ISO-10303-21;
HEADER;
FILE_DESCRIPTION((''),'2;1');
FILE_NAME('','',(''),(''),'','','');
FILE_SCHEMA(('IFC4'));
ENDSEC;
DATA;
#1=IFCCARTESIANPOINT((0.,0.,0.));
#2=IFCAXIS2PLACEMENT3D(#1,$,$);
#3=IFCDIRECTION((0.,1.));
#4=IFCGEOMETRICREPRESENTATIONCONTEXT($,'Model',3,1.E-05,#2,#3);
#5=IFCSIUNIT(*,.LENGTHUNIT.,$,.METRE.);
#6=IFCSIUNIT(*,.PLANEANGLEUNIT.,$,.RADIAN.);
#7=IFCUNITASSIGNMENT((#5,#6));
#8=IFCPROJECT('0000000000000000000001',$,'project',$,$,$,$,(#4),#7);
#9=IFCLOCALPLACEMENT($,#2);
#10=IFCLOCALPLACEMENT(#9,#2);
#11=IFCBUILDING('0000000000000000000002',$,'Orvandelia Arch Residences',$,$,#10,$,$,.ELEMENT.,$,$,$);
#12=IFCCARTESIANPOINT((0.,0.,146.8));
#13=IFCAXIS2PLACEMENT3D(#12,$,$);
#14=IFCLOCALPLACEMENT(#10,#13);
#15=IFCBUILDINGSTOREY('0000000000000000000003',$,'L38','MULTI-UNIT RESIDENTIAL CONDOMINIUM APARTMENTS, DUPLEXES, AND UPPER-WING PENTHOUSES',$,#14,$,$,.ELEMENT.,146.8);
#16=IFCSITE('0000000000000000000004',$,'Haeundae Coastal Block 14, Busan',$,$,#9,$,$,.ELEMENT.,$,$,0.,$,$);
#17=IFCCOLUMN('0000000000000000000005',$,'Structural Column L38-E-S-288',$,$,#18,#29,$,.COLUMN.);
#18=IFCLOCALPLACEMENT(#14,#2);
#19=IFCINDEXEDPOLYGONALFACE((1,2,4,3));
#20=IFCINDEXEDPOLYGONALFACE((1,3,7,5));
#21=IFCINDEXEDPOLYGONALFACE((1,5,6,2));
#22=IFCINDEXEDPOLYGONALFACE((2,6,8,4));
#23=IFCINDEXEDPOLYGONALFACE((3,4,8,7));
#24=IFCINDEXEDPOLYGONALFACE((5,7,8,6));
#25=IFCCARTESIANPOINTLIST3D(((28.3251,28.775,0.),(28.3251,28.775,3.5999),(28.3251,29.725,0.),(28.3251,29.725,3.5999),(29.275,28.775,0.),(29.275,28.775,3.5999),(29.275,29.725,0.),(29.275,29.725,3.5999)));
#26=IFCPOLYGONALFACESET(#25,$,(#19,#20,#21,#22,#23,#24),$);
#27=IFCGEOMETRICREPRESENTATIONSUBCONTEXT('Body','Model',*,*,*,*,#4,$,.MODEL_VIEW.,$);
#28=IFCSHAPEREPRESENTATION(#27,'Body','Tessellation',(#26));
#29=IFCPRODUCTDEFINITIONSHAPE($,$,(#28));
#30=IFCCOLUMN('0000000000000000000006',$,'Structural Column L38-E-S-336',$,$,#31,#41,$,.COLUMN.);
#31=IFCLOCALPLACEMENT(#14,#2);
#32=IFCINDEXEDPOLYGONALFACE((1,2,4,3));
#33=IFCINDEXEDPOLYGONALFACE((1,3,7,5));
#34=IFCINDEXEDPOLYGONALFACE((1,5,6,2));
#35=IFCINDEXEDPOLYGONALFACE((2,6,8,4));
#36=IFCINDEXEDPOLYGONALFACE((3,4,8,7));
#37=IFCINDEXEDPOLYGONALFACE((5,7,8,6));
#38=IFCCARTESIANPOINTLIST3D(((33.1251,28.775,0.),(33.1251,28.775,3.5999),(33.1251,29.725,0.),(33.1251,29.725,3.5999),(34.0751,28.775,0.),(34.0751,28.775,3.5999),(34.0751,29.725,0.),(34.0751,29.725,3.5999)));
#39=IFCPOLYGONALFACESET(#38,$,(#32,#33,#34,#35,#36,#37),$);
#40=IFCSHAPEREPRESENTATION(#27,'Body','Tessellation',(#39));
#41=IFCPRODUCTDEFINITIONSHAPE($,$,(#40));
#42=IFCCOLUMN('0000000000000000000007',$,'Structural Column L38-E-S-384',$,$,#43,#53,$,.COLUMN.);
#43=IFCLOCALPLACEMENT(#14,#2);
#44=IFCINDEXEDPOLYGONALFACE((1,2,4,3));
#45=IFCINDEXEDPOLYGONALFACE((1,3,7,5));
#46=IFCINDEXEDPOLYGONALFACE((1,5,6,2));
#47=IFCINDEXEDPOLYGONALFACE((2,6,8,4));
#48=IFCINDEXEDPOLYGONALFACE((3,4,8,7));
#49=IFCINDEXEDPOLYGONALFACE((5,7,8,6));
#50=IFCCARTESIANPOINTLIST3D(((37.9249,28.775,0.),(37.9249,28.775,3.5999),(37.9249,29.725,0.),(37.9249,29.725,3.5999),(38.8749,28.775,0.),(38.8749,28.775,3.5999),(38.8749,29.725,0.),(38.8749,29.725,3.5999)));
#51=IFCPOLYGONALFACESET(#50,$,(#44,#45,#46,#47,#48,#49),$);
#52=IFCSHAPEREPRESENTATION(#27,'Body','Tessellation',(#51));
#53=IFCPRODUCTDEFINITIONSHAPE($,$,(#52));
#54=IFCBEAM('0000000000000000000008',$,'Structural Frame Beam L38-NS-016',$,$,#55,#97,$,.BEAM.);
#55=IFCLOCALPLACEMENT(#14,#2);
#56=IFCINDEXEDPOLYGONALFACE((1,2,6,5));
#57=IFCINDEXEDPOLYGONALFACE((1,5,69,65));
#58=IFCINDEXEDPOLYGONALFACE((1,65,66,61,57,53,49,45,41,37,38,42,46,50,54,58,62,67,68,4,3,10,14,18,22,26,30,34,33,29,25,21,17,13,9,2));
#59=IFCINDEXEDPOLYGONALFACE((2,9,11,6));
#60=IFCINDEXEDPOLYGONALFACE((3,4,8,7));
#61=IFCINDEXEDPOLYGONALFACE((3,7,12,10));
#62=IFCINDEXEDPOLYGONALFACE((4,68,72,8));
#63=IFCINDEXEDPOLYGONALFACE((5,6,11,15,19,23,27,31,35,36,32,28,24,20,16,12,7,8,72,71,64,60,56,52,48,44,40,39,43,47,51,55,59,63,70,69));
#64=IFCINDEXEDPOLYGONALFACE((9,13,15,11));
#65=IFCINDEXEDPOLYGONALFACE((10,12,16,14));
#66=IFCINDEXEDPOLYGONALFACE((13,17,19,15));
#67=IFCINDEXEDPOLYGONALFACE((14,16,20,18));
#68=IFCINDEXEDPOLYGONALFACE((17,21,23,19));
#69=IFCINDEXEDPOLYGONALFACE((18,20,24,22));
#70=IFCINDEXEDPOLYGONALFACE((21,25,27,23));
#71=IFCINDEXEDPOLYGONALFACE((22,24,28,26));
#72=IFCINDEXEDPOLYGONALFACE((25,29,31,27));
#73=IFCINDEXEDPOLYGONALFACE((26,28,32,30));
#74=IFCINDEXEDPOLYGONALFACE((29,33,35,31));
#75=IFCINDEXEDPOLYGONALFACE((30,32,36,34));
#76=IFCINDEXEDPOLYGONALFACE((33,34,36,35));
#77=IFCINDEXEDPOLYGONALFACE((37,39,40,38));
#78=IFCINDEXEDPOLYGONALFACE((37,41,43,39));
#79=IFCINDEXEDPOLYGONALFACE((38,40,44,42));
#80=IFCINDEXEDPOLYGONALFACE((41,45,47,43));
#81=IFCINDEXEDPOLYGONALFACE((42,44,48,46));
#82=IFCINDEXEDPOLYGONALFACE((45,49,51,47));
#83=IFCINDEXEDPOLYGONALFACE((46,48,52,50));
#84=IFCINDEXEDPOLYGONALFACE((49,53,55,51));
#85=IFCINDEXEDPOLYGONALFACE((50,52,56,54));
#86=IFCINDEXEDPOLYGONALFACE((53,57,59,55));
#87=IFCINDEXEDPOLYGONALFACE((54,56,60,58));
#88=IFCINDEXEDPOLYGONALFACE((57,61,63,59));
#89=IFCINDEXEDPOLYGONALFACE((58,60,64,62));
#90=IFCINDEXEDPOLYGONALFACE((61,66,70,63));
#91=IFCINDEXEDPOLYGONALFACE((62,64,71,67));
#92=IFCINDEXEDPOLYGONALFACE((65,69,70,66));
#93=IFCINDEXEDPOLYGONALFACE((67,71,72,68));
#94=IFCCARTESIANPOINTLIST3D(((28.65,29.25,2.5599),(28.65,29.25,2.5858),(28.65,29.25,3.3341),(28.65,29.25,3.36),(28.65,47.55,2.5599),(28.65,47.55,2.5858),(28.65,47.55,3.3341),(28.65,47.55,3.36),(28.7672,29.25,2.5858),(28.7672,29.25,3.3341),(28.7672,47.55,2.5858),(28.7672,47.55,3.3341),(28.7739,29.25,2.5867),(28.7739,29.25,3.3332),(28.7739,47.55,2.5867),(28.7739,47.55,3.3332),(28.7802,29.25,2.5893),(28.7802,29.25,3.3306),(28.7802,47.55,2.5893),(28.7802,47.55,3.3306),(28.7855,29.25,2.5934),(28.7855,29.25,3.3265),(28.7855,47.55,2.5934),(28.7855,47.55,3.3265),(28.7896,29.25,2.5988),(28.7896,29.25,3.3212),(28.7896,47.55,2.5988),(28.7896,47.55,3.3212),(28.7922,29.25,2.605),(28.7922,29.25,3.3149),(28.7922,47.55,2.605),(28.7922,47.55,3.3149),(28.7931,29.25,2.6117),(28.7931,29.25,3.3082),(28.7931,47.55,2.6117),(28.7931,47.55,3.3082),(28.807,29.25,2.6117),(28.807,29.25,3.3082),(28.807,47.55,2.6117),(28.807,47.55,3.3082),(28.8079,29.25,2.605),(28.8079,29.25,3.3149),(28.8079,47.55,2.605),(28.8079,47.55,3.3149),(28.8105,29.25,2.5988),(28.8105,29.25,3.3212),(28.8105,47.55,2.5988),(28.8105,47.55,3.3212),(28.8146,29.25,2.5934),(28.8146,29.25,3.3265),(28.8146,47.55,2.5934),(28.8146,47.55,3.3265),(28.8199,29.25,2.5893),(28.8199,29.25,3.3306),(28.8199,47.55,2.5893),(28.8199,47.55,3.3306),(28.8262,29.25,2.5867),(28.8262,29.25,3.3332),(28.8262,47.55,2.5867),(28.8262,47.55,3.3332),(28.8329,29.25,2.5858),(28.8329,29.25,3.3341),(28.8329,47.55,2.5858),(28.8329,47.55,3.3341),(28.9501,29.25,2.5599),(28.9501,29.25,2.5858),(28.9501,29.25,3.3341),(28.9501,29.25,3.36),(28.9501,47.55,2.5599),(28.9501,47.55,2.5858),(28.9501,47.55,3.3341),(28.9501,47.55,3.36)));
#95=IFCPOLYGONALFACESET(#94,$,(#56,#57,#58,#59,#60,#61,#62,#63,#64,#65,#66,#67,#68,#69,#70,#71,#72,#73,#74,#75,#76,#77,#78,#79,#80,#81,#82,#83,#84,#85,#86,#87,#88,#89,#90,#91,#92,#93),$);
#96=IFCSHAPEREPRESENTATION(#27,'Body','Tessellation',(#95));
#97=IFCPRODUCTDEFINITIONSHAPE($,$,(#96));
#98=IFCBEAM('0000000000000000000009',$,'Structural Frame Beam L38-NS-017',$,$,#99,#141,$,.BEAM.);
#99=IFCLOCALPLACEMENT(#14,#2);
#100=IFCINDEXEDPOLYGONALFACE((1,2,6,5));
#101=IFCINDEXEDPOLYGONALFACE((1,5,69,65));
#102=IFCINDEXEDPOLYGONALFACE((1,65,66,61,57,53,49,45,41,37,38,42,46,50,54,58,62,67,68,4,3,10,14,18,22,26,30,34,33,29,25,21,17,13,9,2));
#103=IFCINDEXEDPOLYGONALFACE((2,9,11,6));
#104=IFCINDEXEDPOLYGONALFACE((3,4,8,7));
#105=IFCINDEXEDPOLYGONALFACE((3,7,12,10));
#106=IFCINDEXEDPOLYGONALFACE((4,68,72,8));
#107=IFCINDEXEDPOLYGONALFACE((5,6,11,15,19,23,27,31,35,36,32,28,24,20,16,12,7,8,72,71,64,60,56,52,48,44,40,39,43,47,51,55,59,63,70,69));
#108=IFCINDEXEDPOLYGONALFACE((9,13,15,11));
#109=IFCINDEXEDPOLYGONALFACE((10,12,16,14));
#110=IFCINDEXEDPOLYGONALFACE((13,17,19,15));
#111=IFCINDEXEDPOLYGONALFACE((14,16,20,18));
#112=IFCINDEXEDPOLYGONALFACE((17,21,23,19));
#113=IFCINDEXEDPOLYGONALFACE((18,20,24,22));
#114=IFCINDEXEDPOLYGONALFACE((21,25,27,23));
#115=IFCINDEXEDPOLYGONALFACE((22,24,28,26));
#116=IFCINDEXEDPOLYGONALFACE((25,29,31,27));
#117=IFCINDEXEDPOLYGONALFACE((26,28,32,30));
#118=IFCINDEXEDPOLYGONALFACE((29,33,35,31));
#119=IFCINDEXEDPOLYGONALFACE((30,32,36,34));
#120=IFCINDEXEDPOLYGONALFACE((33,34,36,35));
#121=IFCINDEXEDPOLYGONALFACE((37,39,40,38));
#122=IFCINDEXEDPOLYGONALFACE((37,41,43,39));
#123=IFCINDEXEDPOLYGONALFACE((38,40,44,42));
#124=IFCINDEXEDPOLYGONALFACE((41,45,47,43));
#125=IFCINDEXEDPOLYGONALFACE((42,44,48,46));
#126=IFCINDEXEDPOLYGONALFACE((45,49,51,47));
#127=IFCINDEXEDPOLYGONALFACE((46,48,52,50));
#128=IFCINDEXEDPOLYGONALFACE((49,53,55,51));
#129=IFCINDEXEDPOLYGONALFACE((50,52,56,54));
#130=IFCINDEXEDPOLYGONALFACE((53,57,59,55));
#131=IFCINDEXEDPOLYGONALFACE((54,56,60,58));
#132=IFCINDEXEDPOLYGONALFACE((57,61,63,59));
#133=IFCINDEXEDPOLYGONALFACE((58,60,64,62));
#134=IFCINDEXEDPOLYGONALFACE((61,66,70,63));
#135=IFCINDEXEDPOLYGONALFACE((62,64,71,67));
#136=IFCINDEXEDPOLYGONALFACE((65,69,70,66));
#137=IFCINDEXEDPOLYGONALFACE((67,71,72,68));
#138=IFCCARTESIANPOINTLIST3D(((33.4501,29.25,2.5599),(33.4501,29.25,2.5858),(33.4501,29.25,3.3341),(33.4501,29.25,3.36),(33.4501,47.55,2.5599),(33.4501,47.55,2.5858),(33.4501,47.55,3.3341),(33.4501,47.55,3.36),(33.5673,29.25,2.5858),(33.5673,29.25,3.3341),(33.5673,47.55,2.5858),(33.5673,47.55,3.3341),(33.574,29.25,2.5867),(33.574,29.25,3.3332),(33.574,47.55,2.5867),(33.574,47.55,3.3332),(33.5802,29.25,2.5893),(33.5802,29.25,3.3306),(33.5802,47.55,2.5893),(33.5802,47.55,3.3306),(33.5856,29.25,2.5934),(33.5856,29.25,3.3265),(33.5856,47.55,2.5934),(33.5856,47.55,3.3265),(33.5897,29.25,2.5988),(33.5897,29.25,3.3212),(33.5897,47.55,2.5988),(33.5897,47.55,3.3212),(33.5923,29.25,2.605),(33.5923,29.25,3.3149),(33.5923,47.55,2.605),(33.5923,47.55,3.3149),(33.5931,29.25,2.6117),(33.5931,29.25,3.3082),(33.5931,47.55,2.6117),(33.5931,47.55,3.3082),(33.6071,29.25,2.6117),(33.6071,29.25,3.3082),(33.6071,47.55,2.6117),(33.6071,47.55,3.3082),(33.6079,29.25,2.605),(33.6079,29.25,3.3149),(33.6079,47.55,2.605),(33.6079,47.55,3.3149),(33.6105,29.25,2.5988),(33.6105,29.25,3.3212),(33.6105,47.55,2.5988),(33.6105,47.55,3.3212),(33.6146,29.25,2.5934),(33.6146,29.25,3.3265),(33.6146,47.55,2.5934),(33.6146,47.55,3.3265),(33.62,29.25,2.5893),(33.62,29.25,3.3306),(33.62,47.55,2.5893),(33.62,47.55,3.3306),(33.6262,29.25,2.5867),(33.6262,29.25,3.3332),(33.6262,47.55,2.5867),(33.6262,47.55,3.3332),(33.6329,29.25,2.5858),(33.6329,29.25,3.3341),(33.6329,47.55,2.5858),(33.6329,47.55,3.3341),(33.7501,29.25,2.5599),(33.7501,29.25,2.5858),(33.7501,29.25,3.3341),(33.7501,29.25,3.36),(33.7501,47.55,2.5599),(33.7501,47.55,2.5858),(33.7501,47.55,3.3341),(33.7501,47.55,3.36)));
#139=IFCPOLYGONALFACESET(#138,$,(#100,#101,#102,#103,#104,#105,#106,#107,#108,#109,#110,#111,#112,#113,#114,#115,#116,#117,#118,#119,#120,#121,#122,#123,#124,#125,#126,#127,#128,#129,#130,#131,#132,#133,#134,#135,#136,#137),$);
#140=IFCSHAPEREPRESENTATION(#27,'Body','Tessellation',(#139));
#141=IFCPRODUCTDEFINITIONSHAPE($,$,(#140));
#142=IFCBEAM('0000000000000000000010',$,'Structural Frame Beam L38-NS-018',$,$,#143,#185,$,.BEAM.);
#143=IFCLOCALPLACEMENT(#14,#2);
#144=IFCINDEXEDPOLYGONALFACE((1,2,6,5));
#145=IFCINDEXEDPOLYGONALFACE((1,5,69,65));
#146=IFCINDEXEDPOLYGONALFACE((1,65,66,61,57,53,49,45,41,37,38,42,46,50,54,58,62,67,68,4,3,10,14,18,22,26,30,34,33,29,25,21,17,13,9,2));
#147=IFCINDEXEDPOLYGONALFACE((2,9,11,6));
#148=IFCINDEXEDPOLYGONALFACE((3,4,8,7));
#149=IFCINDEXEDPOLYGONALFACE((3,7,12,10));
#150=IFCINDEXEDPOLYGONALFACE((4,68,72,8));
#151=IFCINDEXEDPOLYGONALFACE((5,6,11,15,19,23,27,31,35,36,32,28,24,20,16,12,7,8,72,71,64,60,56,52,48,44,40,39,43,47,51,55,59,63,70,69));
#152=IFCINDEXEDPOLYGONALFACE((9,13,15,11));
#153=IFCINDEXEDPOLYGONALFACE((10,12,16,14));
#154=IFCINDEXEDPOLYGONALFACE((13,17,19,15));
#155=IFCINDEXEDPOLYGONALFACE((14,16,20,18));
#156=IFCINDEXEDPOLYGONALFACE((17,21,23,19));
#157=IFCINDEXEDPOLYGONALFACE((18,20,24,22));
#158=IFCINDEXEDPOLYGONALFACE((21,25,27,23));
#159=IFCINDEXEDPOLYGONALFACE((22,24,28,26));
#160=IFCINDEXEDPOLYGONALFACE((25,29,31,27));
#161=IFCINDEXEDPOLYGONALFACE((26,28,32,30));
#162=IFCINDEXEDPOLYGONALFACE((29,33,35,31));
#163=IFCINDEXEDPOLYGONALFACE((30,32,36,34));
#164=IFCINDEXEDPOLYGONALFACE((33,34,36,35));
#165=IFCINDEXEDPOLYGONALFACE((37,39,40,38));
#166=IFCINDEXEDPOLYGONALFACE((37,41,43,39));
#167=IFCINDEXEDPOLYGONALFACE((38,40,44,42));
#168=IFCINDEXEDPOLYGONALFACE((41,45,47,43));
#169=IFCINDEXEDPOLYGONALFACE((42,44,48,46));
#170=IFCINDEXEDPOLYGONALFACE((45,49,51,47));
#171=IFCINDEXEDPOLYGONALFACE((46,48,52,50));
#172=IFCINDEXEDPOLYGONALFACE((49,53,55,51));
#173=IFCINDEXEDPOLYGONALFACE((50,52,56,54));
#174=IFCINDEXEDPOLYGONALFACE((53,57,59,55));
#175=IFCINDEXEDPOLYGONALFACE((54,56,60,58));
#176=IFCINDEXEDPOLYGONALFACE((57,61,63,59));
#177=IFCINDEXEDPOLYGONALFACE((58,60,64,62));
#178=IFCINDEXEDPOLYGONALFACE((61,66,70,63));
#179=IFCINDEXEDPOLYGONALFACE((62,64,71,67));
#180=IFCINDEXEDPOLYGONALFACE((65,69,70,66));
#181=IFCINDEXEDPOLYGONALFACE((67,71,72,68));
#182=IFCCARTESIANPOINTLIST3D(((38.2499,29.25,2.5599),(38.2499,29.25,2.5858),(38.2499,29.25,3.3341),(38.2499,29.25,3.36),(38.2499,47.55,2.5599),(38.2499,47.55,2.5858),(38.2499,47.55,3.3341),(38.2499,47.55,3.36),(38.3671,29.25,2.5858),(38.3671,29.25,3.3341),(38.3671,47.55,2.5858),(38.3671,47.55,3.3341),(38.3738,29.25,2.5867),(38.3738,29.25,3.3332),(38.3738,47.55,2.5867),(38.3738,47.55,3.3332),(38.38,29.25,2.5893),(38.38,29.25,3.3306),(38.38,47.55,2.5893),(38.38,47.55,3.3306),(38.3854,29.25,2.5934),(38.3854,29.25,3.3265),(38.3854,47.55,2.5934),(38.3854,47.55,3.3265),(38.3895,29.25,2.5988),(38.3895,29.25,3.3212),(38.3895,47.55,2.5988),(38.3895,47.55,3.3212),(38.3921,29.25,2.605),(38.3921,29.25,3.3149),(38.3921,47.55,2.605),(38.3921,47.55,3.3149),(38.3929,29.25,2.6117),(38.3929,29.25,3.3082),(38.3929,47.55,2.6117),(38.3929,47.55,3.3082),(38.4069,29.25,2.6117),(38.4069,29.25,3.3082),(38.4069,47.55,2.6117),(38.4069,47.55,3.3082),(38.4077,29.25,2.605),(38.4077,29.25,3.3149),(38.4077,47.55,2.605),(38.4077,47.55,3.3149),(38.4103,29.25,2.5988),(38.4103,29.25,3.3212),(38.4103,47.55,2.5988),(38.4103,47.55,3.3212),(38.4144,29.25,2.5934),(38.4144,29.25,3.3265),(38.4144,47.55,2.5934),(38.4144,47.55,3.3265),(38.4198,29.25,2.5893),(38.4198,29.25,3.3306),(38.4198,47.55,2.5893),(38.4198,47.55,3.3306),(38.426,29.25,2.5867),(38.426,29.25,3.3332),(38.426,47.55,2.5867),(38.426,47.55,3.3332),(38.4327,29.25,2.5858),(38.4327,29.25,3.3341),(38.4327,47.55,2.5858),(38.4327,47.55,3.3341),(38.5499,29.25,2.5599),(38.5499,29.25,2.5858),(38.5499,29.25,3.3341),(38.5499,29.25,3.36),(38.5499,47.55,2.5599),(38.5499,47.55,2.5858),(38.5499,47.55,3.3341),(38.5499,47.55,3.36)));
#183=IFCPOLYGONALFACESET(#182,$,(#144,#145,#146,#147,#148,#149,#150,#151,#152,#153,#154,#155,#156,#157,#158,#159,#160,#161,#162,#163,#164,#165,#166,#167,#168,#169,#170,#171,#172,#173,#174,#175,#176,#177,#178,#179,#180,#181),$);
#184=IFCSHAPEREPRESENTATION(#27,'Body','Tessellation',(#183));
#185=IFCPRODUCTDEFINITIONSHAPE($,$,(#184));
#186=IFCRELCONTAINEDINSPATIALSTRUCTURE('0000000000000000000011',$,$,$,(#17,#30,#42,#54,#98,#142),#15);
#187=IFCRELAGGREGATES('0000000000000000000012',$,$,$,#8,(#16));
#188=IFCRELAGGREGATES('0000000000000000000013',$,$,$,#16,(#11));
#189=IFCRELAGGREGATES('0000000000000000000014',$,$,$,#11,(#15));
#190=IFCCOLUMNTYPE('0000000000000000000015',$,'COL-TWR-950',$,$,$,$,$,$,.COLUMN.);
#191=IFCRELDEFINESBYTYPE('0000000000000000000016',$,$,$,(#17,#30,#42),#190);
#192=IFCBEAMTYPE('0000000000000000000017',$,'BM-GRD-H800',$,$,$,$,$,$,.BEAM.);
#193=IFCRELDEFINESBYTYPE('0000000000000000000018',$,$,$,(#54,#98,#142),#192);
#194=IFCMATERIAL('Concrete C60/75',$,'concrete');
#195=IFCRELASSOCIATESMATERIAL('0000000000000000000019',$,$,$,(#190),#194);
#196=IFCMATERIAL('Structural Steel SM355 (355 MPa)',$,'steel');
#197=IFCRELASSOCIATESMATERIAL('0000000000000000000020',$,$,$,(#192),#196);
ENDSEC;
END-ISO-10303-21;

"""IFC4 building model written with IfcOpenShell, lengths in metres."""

from ifc_helpers import new_model, si_unit, direction, frame, origin, origin_2d, place, context, subcontext, project, spatial, rectangle, i_section, extrude, material, material_profile, profile_set, type_object, element, save


model = new_model("IFC4")

# Units and contexts
model_context = context("Model", 3, precision=1e-05, world=origin(), true_north=direction((0.0, 1.0)))
body_context = subcontext(model_context, "Body", "Model", "MODEL_VIEW")
ifc_project = project(units=[si_unit("LENGTHUNIT", "METRE"), si_unit("PLANEANGLEUNIT", "RADIAN")], contexts=[model_context])

# Site, building, storey
site_placement = place(None, origin())
site = spatial("IfcSite", under=ifc_project, at=site_placement, Name="Haeundae Coastal Block 14, Busan", CompositionType="ELEMENT", RefElevation=0.0)
building_placement = place(site_placement, origin())
building = spatial("IfcBuilding", under=site, at=building_placement, Name="Orvandelia Arch Residences", CompositionType="ELEMENT")
storey_placement = place(building_placement, frame((0.0, 0.0, 146.8)))
storey = spatial("IfcBuildingStorey", under=building, at=storey_placement, Name="L38", Description="MULTI-UNIT RESIDENTIAL CONDOMINIUM APARTMENTS, DUPLEXES, AND UPPER-WING PENTHOUSES", CompositionType="ELEMENT", Elevation=146.8)

# Columns
ifc_material_1 = material(Name="Concrete C60/75", Category="concrete")
ifc_material_profile_1 = material_profile(ifc_material_1, rectangle(XDim=0.95, YDim=0.95, at=origin_2d()), Name="Concrete C60/75", Category="concrete")
ifc_profile_set_1 = profile_set([ifc_material_profile_1], Name="Concrete C60/75")
column_type = type_object("IfcColumnType", Name="COL-TWR-950", PredefinedType="COLUMN", material=ifc_profile_set_1)
for number, where, z_axis, x_axis, name in (
    (1, (28.8, 29.25, 0.0), (0.0, 0.0, 1.0), (1.0, 0.0, 0.0), "Structural Column L38-E-S-288"),
    (2, (33.6001, 29.25, 0.0), (0.0, 0.0, 1.0), (1.0, 0.0, 0.0), "Structural Column L38-E-S-336"),
    (3, (38.3999, 29.25, 0.0), (0.0, 0.0, 1.0), (1.0, 0.0, 0.0), "Structural Column L38-E-S-384"),
):
    element("IfcColumn", number, at=place(storey_placement, frame(where, z_axis=z_axis, x_axis=x_axis)), inside=storey, type_object=column_type, Name=name, PredefinedType="COLUMN", context=body_context, shape_type="SweptSolid", body=[
        extrude(rectangle(XDim=0.95, YDim=0.95, at=origin_2d()), origin(), (0.0, 0.0, 1.0), 3.5999),
    ])

# Beams
ifc_material_2 = material(Name="Structural Steel SM355 (355 MPa)", Category="steel")
ifc_material_profile_2 = material_profile(ifc_material_2, i_section(OverallWidth=0.3, OverallDepth=0.8, WebThickness=0.0139, FlangeThickness=0.0259, FilletRadius=0.0259, at=origin_2d()), Name="Structural Steel SM355 (355 MPa)", Category="steel")
ifc_profile_set_2 = profile_set([ifc_material_profile_2], Name="Structural Steel SM355 (355 MPa)")
beam_type = type_object("IfcBeamType", Name="BM-GRD-H800", PredefinedType="BEAM", material=ifc_profile_set_2)
for number, where, z_axis, x_axis, name in (
    (4, (28.8, 29.25, 2.96), (0.0, 1.0, 0.0), (-1.0, 0.0, 0.0), "Structural Frame Beam L38-NS-016"),
    (5, (33.6001, 29.25, 2.96), (0.0, 1.0, 0.0), (-1.0, 0.0, 0.0), "Structural Frame Beam L38-NS-017"),
    (6, (38.3999, 29.25, 2.96), (0.0, 1.0, 0.0), (-1.0, 0.0, 0.0), "Structural Frame Beam L38-NS-018"),
):
    element("IfcBeam", number, at=place(storey_placement, frame(where, z_axis=z_axis, x_axis=x_axis)), inside=storey, type_object=beam_type, Name=name, PredefinedType="BEAM", context=body_context, shape_type="SweptSolid", body=[
        extrude(i_section(OverallWidth=0.3, OverallDepth=0.8, WebThickness=0.0139, FlangeThickness=0.0259, FilletRadius=0.0259, at=origin_2d()), origin(), (0.0, 0.0, 1.0), 18.3),
    ])

save(model, "model.ifc")
